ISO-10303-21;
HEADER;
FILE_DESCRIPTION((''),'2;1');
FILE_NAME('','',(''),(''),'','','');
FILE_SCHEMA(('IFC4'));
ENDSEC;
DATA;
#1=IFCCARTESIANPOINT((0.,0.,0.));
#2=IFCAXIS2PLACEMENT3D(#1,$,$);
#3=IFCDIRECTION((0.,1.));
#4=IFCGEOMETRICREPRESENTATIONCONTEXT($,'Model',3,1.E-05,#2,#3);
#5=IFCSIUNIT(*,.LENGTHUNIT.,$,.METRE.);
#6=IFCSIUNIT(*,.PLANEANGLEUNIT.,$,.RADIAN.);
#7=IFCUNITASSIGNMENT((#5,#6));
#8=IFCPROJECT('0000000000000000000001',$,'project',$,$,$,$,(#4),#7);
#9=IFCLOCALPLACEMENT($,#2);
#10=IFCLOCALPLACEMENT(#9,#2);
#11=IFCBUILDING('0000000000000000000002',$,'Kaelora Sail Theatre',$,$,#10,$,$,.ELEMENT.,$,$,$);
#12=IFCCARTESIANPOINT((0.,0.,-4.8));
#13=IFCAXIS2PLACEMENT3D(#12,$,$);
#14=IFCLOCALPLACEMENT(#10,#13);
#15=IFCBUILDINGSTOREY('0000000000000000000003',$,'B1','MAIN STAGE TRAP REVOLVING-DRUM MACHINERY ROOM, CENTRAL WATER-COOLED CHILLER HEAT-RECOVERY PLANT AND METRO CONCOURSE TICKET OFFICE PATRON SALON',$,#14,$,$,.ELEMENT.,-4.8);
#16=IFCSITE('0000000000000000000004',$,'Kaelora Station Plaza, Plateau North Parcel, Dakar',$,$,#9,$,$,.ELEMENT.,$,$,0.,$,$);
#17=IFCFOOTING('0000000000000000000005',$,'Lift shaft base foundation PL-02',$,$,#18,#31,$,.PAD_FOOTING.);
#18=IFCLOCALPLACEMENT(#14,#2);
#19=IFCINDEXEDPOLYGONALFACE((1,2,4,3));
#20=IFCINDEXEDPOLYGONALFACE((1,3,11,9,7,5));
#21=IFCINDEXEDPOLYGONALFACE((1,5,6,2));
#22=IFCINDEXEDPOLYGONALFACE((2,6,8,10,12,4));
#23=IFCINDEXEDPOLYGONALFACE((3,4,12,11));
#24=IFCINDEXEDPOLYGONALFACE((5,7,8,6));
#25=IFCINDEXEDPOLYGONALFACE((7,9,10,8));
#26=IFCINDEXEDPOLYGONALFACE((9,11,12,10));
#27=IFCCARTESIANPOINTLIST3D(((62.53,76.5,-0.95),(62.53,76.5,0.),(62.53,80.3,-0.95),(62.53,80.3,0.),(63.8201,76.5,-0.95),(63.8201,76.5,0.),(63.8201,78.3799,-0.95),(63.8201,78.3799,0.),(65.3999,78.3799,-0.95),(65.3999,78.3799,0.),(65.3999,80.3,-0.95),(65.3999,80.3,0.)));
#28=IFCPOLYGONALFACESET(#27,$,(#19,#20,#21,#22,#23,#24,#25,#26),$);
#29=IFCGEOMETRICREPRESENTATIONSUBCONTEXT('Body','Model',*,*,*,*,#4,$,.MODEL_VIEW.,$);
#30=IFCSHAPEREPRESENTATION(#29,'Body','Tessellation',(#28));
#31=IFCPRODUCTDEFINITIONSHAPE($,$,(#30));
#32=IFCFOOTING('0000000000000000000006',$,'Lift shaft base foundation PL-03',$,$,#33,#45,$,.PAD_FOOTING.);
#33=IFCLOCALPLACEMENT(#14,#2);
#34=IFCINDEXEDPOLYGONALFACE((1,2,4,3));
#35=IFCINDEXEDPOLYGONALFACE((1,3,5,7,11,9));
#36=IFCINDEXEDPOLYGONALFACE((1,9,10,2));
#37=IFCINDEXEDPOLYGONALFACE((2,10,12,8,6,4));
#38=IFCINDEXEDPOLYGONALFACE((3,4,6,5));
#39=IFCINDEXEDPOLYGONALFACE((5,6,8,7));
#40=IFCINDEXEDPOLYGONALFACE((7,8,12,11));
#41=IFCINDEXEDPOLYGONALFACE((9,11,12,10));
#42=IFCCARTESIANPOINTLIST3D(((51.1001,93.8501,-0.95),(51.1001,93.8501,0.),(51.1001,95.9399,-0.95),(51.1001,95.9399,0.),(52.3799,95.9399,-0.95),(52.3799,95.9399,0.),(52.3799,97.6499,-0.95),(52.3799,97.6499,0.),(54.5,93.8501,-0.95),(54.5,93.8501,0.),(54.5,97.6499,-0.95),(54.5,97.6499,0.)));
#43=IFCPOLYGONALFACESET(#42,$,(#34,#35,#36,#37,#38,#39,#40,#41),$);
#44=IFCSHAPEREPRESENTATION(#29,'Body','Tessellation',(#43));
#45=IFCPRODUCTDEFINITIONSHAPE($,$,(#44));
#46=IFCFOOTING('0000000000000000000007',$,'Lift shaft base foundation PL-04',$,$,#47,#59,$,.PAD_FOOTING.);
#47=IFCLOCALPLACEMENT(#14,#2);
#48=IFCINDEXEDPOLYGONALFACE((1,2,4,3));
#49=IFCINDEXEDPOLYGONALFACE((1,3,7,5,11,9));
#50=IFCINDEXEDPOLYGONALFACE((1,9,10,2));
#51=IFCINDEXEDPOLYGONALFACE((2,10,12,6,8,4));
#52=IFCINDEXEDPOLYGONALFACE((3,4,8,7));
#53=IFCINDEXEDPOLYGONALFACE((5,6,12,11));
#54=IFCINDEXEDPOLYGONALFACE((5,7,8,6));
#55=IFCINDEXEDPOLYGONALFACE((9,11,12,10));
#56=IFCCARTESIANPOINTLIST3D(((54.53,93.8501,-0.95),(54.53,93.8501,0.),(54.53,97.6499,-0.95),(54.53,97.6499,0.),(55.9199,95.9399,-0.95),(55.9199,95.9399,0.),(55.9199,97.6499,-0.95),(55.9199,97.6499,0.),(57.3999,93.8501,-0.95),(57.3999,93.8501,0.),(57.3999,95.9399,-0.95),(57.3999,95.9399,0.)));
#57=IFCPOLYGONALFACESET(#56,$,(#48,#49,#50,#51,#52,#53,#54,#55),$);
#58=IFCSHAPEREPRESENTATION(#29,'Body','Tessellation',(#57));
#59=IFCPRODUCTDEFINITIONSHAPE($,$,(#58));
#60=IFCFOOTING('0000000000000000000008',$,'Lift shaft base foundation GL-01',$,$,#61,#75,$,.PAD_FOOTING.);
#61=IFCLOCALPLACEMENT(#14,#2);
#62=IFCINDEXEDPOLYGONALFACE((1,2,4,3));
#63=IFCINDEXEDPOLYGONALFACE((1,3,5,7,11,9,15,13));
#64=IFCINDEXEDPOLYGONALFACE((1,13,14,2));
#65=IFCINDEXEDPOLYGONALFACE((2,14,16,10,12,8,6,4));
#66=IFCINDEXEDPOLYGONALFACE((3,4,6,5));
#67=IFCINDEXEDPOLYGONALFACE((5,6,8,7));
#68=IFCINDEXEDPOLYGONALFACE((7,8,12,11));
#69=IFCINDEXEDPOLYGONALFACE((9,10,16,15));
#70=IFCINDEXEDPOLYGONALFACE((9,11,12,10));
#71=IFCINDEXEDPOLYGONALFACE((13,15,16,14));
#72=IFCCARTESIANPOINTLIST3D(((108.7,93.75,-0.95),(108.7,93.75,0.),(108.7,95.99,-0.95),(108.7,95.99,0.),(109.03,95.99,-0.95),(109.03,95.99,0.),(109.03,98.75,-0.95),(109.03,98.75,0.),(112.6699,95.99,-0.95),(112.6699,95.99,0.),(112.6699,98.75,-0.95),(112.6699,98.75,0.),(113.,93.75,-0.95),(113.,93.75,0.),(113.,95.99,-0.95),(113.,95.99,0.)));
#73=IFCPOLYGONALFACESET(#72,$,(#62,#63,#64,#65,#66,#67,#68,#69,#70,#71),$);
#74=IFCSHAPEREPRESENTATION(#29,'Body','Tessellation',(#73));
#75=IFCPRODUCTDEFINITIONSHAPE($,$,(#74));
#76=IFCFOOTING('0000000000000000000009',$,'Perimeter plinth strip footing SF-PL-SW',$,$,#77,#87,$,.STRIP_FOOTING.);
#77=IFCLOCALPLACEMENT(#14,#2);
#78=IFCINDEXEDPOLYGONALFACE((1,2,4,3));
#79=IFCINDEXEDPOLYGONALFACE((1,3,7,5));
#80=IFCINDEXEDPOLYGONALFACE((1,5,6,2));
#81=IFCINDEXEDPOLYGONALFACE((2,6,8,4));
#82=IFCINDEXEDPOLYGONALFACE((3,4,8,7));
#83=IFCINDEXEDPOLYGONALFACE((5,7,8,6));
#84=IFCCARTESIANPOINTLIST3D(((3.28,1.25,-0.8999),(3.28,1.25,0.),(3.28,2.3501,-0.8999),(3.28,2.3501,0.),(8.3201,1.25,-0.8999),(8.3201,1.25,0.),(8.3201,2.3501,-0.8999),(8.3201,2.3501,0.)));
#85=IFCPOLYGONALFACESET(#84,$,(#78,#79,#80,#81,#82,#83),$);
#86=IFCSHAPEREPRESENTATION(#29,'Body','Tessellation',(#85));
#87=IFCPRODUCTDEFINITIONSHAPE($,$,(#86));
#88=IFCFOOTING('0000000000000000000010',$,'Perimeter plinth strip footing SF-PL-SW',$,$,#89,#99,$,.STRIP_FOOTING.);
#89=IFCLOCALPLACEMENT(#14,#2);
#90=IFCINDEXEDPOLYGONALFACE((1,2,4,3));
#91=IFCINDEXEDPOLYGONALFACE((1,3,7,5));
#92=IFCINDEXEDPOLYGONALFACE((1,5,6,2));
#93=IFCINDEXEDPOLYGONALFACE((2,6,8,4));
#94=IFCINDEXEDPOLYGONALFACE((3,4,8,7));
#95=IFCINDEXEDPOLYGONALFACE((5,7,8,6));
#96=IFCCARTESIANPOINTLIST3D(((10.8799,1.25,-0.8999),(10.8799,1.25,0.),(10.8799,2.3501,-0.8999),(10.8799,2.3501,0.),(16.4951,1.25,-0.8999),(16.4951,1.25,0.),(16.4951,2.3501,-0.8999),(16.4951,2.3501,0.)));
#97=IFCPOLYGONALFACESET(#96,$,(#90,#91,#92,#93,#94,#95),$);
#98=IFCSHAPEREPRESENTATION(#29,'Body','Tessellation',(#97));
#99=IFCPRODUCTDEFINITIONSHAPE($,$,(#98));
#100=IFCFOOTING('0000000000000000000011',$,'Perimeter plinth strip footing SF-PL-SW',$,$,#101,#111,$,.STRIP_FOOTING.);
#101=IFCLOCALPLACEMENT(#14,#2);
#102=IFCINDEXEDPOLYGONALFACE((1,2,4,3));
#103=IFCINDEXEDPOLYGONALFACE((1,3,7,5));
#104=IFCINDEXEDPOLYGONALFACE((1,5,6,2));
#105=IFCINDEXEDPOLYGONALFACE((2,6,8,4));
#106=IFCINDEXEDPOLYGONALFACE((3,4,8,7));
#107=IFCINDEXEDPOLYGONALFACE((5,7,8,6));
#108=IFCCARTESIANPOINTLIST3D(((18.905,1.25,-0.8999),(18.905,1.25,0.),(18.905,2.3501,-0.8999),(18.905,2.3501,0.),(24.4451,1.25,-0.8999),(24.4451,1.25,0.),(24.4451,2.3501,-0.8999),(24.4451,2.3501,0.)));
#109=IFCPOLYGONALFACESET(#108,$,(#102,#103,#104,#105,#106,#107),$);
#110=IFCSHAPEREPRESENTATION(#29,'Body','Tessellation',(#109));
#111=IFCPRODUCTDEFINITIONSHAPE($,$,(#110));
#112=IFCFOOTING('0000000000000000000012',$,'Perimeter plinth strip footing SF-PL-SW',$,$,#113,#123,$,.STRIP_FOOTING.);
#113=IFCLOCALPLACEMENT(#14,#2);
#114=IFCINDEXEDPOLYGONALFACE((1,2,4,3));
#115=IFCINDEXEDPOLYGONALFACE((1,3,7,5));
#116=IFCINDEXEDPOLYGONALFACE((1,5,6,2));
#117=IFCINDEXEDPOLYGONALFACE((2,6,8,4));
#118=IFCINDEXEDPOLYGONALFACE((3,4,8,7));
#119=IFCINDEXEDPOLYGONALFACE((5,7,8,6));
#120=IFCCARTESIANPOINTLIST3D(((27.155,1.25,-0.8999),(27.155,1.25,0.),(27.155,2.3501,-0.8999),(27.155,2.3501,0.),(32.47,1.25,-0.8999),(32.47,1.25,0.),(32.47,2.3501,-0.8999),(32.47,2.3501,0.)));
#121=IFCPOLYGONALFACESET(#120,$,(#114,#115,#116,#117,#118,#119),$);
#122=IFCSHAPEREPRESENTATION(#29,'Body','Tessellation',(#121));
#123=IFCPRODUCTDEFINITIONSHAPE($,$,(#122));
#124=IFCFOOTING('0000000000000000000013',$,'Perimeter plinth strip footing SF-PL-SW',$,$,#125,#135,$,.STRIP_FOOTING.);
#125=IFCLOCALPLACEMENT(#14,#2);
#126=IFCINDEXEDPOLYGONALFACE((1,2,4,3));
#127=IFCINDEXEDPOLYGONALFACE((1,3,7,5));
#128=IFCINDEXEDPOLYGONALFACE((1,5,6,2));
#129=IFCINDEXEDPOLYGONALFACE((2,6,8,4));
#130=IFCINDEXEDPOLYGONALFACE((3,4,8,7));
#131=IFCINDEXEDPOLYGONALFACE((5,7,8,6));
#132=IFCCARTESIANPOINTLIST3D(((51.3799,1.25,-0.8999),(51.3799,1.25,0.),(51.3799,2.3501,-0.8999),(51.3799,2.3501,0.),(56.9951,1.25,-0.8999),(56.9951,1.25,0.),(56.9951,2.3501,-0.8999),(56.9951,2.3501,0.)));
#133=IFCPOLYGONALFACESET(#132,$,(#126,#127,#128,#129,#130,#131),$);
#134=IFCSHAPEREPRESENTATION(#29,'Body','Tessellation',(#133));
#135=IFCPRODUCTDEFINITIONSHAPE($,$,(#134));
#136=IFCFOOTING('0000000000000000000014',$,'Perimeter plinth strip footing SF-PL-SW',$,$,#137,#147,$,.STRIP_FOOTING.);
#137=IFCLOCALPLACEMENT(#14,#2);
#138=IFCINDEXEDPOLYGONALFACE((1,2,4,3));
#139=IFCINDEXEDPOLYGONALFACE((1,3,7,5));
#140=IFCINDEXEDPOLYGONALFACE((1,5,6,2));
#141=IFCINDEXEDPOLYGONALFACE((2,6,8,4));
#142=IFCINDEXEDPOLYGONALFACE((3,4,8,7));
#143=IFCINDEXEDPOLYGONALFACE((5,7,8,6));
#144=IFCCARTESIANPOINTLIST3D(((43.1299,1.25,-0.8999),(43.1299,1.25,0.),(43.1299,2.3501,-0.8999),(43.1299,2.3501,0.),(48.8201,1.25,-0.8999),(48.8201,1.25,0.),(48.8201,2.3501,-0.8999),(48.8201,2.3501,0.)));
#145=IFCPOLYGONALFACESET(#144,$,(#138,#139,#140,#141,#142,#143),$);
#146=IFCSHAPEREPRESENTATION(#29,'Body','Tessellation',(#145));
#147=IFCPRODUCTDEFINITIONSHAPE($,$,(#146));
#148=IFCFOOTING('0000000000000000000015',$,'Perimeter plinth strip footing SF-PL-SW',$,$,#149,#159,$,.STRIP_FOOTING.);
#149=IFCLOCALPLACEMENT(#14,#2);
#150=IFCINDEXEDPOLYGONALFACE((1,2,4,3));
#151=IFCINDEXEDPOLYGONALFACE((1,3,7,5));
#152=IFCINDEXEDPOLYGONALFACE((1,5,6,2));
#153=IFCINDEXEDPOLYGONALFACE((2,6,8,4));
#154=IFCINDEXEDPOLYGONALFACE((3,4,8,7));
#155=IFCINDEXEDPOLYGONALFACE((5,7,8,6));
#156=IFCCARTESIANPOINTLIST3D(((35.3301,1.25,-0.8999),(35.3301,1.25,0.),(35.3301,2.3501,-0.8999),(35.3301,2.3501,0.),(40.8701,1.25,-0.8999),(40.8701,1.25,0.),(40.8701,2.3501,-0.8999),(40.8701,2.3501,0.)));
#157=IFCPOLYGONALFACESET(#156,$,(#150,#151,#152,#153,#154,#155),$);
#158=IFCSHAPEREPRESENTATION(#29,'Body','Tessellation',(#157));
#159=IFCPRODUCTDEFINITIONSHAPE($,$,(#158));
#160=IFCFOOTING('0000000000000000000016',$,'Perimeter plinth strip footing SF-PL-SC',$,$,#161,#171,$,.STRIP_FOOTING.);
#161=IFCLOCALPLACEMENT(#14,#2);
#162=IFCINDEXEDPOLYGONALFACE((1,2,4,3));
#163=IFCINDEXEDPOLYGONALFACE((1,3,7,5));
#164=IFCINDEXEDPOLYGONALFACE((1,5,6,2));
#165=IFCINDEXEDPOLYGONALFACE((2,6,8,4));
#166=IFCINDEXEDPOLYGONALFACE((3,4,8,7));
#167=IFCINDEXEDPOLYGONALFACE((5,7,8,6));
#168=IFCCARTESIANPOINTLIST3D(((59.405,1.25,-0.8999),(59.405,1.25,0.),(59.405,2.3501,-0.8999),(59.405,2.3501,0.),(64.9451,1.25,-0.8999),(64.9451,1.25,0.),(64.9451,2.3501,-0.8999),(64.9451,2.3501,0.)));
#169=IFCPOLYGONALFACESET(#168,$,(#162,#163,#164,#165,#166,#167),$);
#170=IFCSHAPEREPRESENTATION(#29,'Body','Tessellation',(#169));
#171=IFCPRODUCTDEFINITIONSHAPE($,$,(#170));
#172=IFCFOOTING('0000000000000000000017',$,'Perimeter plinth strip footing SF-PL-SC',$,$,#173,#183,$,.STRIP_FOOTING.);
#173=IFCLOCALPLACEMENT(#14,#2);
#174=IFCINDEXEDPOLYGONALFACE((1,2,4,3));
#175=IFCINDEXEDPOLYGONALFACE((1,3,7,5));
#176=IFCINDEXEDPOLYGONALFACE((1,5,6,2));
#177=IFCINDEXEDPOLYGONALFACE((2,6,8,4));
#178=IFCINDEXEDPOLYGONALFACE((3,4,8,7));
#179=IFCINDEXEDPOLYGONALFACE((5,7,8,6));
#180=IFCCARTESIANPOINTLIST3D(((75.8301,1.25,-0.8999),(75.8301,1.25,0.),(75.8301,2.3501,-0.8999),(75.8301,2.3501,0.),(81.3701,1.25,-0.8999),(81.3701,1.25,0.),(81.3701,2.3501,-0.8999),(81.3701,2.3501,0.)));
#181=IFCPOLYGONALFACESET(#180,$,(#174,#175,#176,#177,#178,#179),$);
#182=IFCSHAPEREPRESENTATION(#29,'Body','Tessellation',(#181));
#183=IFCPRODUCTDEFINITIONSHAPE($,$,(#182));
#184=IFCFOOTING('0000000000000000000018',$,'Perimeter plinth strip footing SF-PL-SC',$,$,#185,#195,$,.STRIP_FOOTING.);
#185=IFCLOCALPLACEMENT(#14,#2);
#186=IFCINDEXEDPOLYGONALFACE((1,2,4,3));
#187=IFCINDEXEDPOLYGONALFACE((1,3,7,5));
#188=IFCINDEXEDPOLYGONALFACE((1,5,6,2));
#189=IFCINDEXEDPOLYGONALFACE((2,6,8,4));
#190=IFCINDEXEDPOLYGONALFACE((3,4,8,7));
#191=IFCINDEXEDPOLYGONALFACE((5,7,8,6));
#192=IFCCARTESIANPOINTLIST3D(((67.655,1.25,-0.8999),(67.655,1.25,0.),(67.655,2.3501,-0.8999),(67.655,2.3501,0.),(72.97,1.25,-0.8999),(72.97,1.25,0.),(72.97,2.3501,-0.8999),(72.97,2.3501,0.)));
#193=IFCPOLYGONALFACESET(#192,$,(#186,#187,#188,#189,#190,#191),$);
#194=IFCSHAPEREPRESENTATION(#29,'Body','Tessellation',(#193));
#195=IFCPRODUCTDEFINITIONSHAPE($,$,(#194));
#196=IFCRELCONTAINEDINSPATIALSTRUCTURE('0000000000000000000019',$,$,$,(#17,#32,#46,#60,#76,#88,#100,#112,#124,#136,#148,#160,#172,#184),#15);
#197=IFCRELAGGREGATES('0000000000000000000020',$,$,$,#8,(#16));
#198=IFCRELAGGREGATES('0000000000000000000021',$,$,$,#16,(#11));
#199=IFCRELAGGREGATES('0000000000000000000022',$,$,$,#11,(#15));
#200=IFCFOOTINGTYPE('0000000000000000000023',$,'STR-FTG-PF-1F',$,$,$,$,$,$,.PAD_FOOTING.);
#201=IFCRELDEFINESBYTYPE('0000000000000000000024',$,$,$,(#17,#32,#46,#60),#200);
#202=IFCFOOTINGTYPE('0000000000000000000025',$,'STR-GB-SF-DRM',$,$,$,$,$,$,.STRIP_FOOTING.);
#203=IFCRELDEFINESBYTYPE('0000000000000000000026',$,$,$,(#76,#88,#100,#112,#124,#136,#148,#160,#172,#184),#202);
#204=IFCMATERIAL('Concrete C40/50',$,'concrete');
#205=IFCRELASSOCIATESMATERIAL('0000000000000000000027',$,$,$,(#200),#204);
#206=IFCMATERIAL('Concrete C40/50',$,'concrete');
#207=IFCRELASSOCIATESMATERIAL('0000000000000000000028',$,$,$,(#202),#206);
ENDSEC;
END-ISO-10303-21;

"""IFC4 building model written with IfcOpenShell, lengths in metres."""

from ifc_helpers import new_model, si_unit, direction, frame, origin, place, context, subcontext, project, spatial, polyline, outline, extrude, material, type_object, element, save


model = new_model("IFC4")

# Units and contexts
model_context = context("Model", 3, precision=1e-05, world=origin(), true_north=direction((0.0, 1.0)))
body_context = subcontext(model_context, "Body", "Model", "MODEL_VIEW")
ifc_project = project(units=[si_unit("LENGTHUNIT", "METRE"), si_unit("PLANEANGLEUNIT", "RADIAN")], contexts=[model_context])

# Site, building, storey
site_placement = place(None, origin())
site = spatial("IfcSite", under=ifc_project, at=site_placement, Name="Kaelora Station Plaza, Plateau North Parcel, Dakar", CompositionType="ELEMENT", RefElevation=0.0)
building_placement = place(site_placement, origin())
building = spatial("IfcBuilding", under=site, at=building_placement, Name="Kaelora Sail Theatre", CompositionType="ELEMENT")
storey_placement = place(building_placement, frame((0.0, 0.0, -4.8)))
storey = spatial("IfcBuildingStorey", under=building, at=storey_placement, Name="B1", Description="MAIN STAGE TRAP REVOLVING-DRUM MACHINERY ROOM, CENTRAL WATER-COOLED CHILLER HEAT-RECOVERY PLANT AND METRO CONCOURSE TICKET OFFICE PATRON SALON", CompositionType="ELEMENT", Elevation=-4.8)

# Footings
ifc_material_1 = material(Name="Concrete C40/50", Category="concrete")
footing_type_1 = type_object("IfcFootingType", Name="STR-FTG-PF-1F", PredefinedType="PAD_FOOTING", material=ifc_material_1)
footing_1_placement = place(storey_placement, frame((0.0, 0.0, -0.95)))
element("IfcFooting", 1, at=footing_1_placement, inside=storey, type_object=footing_type_1, Name="Lift shaft base foundation PL-02", PredefinedType="PAD_FOOTING", context=body_context, shape_type="SweptSolid", body=[
    extrude(outline(polyline([(65.3999, 80.3), (65.3999, 78.3799), (63.8201, 78.3799), (63.8201, 76.5), (62.53, 76.5), (62.53, 80.3), (65.3999, 80.3)])), origin(), (0.0, 0.0, 1.0), 0.95),
])
footing_2_placement = place(storey_placement, frame((0.0, 0.0, -0.95)))
element("IfcFooting", 2, at=footing_2_placement, inside=storey, type_object=footing_type_1, Name="Lift shaft base foundation PL-03", PredefinedType="PAD_FOOTING", context=body_context, shape_type="SweptSolid", body=[
    extrude(outline(polyline([(52.3799, 97.6499), (54.5, 97.6499), (54.5, 93.8501), (51.1001, 93.8501), (51.1001, 95.9399), (52.3799, 95.9399), (52.3799, 97.6499)])), origin(), (0.0, 0.0, 1.0), 0.95),
])
footing_3_placement = place(storey_placement, frame((0.0, 0.0, -0.95)))
element("IfcFooting", 3, at=footing_3_placement, inside=storey, type_object=footing_type_1, Name="Lift shaft base foundation PL-04", PredefinedType="PAD_FOOTING", context=body_context, shape_type="SweptSolid", body=[
    extrude(outline(polyline([(54.53, 93.8501), (54.53, 97.6499), (55.9199, 97.6499), (55.9199, 95.9399), (57.3999, 95.9399), (57.3999, 93.8501), (54.53, 93.8501)])), origin(), (0.0, 0.0, 1.0), 0.95),
])
footing_4_placement = place(storey_placement, frame((0.0, 0.0, -0.95)))
element("IfcFooting", 4, at=footing_4_placement, inside=storey, type_object=footing_type_1, Name="Lift shaft base foundation GL-01", PredefinedType="PAD_FOOTING", context=body_context, shape_type="SweptSolid", body=[
    extrude(outline(polyline([(108.7, 95.99), (109.03, 95.99), (109.03, 98.75), (112.6699, 98.75), (112.6699, 95.99), (113.0, 95.99), (113.0, 93.75), (108.7, 93.75), (108.7, 95.99)])), origin(), (0.0, 0.0, 1.0), 0.95),
])
ifc_material_2 = material(Name="Concrete C40/50", Category="concrete")
footing_type_2 = type_object("IfcFootingType", Name="STR-GB-SF-DRM", PredefinedType="STRIP_FOOTING", material=ifc_material_2)
footing_5_placement = place(storey_placement, frame((0.0, 0.0, -0.8999)))
element("IfcFooting", 5, at=footing_5_placement, inside=storey, type_object=footing_type_2, Name="Perimeter plinth strip footing SF-PL-SW", PredefinedType="STRIP_FOOTING", context=body_context, shape_type="SweptSolid", body=[
    extrude(outline(polyline([(8.3201, 1.25), (3.28, 1.25), (3.28, 2.3501), (8.3201, 2.3501), (8.3201, 1.25)])), origin(), (0.0, 0.0, 1.0), 0.8999),
])
footing_6_placement = place(storey_placement, frame((0.0, 0.0, -0.8999)))
element("IfcFooting", 6, at=footing_6_placement, inside=storey, type_object=footing_type_2, Name="Perimeter plinth strip footing SF-PL-SW", PredefinedType="STRIP_FOOTING", context=body_context, shape_type="SweptSolid", body=[
    extrude(outline(polyline([(16.4951, 1.25), (10.8799, 1.25), (10.8799, 2.3501), (16.4951, 2.3501), (16.4951, 1.25)])), origin(), (0.0, 0.0, 1.0), 0.8999),
])
footing_7_placement = place(storey_placement, frame((0.0, 0.0, -0.8999)))
element("IfcFooting", 7, at=footing_7_placement, inside=storey, type_object=footing_type_2, Name="Perimeter plinth strip footing SF-PL-SW", PredefinedType="STRIP_FOOTING", context=body_context, shape_type="SweptSolid", body=[
    extrude(outline(polyline([(24.4451, 1.25), (18.905, 1.25), (18.905, 2.3501), (24.4451, 2.3501), (24.4451, 1.25)])), origin(), (0.0, 0.0, 1.0), 0.8999),
])
footing_8_placement = place(storey_placement, frame((0.0, 0.0, -0.8999)))
element("IfcFooting", 8, at=footing_8_placement, inside=storey, type_object=footing_type_2, Name="Perimeter plinth strip footing SF-PL-SW", PredefinedType="STRIP_FOOTING", context=body_context, shape_type="SweptSolid", body=[
    extrude(outline(polyline([(32.47, 1.25), (27.155, 1.25), (27.155, 2.3501), (32.47, 2.3501), (32.47, 1.25)])), origin(), (0.0, 0.0, 1.0), 0.8999),
])
footing_9_placement = place(storey_placement, frame((0.0, 0.0, -0.8999)))
element("IfcFooting", 9, at=footing_9_placement, inside=storey, type_object=footing_type_2, Name="Perimeter plinth strip footing SF-PL-SW", PredefinedType="STRIP_FOOTING", context=body_context, shape_type="SweptSolid", body=[
    extrude(outline(polyline([(56.9951, 1.25), (51.3799, 1.25), (51.3799, 2.3501), (56.9951, 2.3501), (56.9951, 1.25)])), origin(), (0.0, 0.0, 1.0), 0.8999),
])
footing_10_placement = place(storey_placement, frame((0.0, 0.0, -0.8999)))
element("IfcFooting", 10, at=footing_10_placement, inside=storey, type_object=footing_type_2, Name="Perimeter plinth strip footing SF-PL-SW", PredefinedType="STRIP_FOOTING", context=body_context, shape_type="SweptSolid", body=[
    extrude(outline(polyline([(48.8201, 1.25), (43.1299, 1.25), (43.1299, 2.3501), (48.8201, 2.3501), (48.8201, 1.25)])), origin(), (0.0, 0.0, 1.0), 0.8999),
])
footing_11_placement = place(storey_placement, frame((0.0, 0.0, -0.8999)))
element("IfcFooting", 11, at=footing_11_placement, inside=storey, type_object=footing_type_2, Name="Perimeter plinth strip footing SF-PL-SW", PredefinedType="STRIP_FOOTING", context=body_context, shape_type="SweptSolid", body=[
    extrude(outline(polyline([(35.3301, 1.25), (35.3301, 2.3501), (40.8701, 2.3501), (40.8701, 1.25), (35.3301, 1.25)])), origin(), (0.0, 0.0, 1.0), 0.8999),
])
footing_12_placement = place(storey_placement, frame((0.0, 0.0, -0.8999)))
element("IfcFooting", 12, at=footing_12_placement, inside=storey, type_object=footing_type_2, Name="Perimeter plinth strip footing SF-PL-SC", PredefinedType="STRIP_FOOTING", context=body_context, shape_type="SweptSolid", body=[
    extrude(outline(polyline([(59.405, 1.25), (59.405, 2.3501), (64.9451, 2.3501), (64.9451, 1.25), (59.405, 1.25)])), origin(), (0.0, 0.0, 1.0), 0.8999),
])
footing_13_placement = place(storey_placement, frame((0.0, 0.0, -0.8999)))
element("IfcFooting", 13, at=footing_13_placement, inside=storey, type_object=footing_type_2, Name="Perimeter plinth strip footing SF-PL-SC", PredefinedType="STRIP_FOOTING", context=body_context, shape_type="SweptSolid", body=[
    extrude(outline(polyline([(75.8301, 1.25), (75.8301, 2.3501), (81.3701, 2.3501), (81.3701, 1.25), (75.8301, 1.25)])), origin(), (0.0, 0.0, 1.0), 0.8999),
])
footing_14_placement = place(storey_placement, frame((0.0, 0.0, -0.8999)))
element("IfcFooting", 14, at=footing_14_placement, inside=storey, type_object=footing_type_2, Name="Perimeter plinth strip footing SF-PL-SC", PredefinedType="STRIP_FOOTING", context=body_context, shape_type="SweptSolid", body=[
    extrude(outline(polyline([(67.655, 2.3501), (72.97, 2.3501), (72.97, 1.25), (67.655, 1.25), (67.655, 2.3501)])), origin(), (0.0, 0.0, 1.0), 0.8999),
])

save(model, "model.ifc")
